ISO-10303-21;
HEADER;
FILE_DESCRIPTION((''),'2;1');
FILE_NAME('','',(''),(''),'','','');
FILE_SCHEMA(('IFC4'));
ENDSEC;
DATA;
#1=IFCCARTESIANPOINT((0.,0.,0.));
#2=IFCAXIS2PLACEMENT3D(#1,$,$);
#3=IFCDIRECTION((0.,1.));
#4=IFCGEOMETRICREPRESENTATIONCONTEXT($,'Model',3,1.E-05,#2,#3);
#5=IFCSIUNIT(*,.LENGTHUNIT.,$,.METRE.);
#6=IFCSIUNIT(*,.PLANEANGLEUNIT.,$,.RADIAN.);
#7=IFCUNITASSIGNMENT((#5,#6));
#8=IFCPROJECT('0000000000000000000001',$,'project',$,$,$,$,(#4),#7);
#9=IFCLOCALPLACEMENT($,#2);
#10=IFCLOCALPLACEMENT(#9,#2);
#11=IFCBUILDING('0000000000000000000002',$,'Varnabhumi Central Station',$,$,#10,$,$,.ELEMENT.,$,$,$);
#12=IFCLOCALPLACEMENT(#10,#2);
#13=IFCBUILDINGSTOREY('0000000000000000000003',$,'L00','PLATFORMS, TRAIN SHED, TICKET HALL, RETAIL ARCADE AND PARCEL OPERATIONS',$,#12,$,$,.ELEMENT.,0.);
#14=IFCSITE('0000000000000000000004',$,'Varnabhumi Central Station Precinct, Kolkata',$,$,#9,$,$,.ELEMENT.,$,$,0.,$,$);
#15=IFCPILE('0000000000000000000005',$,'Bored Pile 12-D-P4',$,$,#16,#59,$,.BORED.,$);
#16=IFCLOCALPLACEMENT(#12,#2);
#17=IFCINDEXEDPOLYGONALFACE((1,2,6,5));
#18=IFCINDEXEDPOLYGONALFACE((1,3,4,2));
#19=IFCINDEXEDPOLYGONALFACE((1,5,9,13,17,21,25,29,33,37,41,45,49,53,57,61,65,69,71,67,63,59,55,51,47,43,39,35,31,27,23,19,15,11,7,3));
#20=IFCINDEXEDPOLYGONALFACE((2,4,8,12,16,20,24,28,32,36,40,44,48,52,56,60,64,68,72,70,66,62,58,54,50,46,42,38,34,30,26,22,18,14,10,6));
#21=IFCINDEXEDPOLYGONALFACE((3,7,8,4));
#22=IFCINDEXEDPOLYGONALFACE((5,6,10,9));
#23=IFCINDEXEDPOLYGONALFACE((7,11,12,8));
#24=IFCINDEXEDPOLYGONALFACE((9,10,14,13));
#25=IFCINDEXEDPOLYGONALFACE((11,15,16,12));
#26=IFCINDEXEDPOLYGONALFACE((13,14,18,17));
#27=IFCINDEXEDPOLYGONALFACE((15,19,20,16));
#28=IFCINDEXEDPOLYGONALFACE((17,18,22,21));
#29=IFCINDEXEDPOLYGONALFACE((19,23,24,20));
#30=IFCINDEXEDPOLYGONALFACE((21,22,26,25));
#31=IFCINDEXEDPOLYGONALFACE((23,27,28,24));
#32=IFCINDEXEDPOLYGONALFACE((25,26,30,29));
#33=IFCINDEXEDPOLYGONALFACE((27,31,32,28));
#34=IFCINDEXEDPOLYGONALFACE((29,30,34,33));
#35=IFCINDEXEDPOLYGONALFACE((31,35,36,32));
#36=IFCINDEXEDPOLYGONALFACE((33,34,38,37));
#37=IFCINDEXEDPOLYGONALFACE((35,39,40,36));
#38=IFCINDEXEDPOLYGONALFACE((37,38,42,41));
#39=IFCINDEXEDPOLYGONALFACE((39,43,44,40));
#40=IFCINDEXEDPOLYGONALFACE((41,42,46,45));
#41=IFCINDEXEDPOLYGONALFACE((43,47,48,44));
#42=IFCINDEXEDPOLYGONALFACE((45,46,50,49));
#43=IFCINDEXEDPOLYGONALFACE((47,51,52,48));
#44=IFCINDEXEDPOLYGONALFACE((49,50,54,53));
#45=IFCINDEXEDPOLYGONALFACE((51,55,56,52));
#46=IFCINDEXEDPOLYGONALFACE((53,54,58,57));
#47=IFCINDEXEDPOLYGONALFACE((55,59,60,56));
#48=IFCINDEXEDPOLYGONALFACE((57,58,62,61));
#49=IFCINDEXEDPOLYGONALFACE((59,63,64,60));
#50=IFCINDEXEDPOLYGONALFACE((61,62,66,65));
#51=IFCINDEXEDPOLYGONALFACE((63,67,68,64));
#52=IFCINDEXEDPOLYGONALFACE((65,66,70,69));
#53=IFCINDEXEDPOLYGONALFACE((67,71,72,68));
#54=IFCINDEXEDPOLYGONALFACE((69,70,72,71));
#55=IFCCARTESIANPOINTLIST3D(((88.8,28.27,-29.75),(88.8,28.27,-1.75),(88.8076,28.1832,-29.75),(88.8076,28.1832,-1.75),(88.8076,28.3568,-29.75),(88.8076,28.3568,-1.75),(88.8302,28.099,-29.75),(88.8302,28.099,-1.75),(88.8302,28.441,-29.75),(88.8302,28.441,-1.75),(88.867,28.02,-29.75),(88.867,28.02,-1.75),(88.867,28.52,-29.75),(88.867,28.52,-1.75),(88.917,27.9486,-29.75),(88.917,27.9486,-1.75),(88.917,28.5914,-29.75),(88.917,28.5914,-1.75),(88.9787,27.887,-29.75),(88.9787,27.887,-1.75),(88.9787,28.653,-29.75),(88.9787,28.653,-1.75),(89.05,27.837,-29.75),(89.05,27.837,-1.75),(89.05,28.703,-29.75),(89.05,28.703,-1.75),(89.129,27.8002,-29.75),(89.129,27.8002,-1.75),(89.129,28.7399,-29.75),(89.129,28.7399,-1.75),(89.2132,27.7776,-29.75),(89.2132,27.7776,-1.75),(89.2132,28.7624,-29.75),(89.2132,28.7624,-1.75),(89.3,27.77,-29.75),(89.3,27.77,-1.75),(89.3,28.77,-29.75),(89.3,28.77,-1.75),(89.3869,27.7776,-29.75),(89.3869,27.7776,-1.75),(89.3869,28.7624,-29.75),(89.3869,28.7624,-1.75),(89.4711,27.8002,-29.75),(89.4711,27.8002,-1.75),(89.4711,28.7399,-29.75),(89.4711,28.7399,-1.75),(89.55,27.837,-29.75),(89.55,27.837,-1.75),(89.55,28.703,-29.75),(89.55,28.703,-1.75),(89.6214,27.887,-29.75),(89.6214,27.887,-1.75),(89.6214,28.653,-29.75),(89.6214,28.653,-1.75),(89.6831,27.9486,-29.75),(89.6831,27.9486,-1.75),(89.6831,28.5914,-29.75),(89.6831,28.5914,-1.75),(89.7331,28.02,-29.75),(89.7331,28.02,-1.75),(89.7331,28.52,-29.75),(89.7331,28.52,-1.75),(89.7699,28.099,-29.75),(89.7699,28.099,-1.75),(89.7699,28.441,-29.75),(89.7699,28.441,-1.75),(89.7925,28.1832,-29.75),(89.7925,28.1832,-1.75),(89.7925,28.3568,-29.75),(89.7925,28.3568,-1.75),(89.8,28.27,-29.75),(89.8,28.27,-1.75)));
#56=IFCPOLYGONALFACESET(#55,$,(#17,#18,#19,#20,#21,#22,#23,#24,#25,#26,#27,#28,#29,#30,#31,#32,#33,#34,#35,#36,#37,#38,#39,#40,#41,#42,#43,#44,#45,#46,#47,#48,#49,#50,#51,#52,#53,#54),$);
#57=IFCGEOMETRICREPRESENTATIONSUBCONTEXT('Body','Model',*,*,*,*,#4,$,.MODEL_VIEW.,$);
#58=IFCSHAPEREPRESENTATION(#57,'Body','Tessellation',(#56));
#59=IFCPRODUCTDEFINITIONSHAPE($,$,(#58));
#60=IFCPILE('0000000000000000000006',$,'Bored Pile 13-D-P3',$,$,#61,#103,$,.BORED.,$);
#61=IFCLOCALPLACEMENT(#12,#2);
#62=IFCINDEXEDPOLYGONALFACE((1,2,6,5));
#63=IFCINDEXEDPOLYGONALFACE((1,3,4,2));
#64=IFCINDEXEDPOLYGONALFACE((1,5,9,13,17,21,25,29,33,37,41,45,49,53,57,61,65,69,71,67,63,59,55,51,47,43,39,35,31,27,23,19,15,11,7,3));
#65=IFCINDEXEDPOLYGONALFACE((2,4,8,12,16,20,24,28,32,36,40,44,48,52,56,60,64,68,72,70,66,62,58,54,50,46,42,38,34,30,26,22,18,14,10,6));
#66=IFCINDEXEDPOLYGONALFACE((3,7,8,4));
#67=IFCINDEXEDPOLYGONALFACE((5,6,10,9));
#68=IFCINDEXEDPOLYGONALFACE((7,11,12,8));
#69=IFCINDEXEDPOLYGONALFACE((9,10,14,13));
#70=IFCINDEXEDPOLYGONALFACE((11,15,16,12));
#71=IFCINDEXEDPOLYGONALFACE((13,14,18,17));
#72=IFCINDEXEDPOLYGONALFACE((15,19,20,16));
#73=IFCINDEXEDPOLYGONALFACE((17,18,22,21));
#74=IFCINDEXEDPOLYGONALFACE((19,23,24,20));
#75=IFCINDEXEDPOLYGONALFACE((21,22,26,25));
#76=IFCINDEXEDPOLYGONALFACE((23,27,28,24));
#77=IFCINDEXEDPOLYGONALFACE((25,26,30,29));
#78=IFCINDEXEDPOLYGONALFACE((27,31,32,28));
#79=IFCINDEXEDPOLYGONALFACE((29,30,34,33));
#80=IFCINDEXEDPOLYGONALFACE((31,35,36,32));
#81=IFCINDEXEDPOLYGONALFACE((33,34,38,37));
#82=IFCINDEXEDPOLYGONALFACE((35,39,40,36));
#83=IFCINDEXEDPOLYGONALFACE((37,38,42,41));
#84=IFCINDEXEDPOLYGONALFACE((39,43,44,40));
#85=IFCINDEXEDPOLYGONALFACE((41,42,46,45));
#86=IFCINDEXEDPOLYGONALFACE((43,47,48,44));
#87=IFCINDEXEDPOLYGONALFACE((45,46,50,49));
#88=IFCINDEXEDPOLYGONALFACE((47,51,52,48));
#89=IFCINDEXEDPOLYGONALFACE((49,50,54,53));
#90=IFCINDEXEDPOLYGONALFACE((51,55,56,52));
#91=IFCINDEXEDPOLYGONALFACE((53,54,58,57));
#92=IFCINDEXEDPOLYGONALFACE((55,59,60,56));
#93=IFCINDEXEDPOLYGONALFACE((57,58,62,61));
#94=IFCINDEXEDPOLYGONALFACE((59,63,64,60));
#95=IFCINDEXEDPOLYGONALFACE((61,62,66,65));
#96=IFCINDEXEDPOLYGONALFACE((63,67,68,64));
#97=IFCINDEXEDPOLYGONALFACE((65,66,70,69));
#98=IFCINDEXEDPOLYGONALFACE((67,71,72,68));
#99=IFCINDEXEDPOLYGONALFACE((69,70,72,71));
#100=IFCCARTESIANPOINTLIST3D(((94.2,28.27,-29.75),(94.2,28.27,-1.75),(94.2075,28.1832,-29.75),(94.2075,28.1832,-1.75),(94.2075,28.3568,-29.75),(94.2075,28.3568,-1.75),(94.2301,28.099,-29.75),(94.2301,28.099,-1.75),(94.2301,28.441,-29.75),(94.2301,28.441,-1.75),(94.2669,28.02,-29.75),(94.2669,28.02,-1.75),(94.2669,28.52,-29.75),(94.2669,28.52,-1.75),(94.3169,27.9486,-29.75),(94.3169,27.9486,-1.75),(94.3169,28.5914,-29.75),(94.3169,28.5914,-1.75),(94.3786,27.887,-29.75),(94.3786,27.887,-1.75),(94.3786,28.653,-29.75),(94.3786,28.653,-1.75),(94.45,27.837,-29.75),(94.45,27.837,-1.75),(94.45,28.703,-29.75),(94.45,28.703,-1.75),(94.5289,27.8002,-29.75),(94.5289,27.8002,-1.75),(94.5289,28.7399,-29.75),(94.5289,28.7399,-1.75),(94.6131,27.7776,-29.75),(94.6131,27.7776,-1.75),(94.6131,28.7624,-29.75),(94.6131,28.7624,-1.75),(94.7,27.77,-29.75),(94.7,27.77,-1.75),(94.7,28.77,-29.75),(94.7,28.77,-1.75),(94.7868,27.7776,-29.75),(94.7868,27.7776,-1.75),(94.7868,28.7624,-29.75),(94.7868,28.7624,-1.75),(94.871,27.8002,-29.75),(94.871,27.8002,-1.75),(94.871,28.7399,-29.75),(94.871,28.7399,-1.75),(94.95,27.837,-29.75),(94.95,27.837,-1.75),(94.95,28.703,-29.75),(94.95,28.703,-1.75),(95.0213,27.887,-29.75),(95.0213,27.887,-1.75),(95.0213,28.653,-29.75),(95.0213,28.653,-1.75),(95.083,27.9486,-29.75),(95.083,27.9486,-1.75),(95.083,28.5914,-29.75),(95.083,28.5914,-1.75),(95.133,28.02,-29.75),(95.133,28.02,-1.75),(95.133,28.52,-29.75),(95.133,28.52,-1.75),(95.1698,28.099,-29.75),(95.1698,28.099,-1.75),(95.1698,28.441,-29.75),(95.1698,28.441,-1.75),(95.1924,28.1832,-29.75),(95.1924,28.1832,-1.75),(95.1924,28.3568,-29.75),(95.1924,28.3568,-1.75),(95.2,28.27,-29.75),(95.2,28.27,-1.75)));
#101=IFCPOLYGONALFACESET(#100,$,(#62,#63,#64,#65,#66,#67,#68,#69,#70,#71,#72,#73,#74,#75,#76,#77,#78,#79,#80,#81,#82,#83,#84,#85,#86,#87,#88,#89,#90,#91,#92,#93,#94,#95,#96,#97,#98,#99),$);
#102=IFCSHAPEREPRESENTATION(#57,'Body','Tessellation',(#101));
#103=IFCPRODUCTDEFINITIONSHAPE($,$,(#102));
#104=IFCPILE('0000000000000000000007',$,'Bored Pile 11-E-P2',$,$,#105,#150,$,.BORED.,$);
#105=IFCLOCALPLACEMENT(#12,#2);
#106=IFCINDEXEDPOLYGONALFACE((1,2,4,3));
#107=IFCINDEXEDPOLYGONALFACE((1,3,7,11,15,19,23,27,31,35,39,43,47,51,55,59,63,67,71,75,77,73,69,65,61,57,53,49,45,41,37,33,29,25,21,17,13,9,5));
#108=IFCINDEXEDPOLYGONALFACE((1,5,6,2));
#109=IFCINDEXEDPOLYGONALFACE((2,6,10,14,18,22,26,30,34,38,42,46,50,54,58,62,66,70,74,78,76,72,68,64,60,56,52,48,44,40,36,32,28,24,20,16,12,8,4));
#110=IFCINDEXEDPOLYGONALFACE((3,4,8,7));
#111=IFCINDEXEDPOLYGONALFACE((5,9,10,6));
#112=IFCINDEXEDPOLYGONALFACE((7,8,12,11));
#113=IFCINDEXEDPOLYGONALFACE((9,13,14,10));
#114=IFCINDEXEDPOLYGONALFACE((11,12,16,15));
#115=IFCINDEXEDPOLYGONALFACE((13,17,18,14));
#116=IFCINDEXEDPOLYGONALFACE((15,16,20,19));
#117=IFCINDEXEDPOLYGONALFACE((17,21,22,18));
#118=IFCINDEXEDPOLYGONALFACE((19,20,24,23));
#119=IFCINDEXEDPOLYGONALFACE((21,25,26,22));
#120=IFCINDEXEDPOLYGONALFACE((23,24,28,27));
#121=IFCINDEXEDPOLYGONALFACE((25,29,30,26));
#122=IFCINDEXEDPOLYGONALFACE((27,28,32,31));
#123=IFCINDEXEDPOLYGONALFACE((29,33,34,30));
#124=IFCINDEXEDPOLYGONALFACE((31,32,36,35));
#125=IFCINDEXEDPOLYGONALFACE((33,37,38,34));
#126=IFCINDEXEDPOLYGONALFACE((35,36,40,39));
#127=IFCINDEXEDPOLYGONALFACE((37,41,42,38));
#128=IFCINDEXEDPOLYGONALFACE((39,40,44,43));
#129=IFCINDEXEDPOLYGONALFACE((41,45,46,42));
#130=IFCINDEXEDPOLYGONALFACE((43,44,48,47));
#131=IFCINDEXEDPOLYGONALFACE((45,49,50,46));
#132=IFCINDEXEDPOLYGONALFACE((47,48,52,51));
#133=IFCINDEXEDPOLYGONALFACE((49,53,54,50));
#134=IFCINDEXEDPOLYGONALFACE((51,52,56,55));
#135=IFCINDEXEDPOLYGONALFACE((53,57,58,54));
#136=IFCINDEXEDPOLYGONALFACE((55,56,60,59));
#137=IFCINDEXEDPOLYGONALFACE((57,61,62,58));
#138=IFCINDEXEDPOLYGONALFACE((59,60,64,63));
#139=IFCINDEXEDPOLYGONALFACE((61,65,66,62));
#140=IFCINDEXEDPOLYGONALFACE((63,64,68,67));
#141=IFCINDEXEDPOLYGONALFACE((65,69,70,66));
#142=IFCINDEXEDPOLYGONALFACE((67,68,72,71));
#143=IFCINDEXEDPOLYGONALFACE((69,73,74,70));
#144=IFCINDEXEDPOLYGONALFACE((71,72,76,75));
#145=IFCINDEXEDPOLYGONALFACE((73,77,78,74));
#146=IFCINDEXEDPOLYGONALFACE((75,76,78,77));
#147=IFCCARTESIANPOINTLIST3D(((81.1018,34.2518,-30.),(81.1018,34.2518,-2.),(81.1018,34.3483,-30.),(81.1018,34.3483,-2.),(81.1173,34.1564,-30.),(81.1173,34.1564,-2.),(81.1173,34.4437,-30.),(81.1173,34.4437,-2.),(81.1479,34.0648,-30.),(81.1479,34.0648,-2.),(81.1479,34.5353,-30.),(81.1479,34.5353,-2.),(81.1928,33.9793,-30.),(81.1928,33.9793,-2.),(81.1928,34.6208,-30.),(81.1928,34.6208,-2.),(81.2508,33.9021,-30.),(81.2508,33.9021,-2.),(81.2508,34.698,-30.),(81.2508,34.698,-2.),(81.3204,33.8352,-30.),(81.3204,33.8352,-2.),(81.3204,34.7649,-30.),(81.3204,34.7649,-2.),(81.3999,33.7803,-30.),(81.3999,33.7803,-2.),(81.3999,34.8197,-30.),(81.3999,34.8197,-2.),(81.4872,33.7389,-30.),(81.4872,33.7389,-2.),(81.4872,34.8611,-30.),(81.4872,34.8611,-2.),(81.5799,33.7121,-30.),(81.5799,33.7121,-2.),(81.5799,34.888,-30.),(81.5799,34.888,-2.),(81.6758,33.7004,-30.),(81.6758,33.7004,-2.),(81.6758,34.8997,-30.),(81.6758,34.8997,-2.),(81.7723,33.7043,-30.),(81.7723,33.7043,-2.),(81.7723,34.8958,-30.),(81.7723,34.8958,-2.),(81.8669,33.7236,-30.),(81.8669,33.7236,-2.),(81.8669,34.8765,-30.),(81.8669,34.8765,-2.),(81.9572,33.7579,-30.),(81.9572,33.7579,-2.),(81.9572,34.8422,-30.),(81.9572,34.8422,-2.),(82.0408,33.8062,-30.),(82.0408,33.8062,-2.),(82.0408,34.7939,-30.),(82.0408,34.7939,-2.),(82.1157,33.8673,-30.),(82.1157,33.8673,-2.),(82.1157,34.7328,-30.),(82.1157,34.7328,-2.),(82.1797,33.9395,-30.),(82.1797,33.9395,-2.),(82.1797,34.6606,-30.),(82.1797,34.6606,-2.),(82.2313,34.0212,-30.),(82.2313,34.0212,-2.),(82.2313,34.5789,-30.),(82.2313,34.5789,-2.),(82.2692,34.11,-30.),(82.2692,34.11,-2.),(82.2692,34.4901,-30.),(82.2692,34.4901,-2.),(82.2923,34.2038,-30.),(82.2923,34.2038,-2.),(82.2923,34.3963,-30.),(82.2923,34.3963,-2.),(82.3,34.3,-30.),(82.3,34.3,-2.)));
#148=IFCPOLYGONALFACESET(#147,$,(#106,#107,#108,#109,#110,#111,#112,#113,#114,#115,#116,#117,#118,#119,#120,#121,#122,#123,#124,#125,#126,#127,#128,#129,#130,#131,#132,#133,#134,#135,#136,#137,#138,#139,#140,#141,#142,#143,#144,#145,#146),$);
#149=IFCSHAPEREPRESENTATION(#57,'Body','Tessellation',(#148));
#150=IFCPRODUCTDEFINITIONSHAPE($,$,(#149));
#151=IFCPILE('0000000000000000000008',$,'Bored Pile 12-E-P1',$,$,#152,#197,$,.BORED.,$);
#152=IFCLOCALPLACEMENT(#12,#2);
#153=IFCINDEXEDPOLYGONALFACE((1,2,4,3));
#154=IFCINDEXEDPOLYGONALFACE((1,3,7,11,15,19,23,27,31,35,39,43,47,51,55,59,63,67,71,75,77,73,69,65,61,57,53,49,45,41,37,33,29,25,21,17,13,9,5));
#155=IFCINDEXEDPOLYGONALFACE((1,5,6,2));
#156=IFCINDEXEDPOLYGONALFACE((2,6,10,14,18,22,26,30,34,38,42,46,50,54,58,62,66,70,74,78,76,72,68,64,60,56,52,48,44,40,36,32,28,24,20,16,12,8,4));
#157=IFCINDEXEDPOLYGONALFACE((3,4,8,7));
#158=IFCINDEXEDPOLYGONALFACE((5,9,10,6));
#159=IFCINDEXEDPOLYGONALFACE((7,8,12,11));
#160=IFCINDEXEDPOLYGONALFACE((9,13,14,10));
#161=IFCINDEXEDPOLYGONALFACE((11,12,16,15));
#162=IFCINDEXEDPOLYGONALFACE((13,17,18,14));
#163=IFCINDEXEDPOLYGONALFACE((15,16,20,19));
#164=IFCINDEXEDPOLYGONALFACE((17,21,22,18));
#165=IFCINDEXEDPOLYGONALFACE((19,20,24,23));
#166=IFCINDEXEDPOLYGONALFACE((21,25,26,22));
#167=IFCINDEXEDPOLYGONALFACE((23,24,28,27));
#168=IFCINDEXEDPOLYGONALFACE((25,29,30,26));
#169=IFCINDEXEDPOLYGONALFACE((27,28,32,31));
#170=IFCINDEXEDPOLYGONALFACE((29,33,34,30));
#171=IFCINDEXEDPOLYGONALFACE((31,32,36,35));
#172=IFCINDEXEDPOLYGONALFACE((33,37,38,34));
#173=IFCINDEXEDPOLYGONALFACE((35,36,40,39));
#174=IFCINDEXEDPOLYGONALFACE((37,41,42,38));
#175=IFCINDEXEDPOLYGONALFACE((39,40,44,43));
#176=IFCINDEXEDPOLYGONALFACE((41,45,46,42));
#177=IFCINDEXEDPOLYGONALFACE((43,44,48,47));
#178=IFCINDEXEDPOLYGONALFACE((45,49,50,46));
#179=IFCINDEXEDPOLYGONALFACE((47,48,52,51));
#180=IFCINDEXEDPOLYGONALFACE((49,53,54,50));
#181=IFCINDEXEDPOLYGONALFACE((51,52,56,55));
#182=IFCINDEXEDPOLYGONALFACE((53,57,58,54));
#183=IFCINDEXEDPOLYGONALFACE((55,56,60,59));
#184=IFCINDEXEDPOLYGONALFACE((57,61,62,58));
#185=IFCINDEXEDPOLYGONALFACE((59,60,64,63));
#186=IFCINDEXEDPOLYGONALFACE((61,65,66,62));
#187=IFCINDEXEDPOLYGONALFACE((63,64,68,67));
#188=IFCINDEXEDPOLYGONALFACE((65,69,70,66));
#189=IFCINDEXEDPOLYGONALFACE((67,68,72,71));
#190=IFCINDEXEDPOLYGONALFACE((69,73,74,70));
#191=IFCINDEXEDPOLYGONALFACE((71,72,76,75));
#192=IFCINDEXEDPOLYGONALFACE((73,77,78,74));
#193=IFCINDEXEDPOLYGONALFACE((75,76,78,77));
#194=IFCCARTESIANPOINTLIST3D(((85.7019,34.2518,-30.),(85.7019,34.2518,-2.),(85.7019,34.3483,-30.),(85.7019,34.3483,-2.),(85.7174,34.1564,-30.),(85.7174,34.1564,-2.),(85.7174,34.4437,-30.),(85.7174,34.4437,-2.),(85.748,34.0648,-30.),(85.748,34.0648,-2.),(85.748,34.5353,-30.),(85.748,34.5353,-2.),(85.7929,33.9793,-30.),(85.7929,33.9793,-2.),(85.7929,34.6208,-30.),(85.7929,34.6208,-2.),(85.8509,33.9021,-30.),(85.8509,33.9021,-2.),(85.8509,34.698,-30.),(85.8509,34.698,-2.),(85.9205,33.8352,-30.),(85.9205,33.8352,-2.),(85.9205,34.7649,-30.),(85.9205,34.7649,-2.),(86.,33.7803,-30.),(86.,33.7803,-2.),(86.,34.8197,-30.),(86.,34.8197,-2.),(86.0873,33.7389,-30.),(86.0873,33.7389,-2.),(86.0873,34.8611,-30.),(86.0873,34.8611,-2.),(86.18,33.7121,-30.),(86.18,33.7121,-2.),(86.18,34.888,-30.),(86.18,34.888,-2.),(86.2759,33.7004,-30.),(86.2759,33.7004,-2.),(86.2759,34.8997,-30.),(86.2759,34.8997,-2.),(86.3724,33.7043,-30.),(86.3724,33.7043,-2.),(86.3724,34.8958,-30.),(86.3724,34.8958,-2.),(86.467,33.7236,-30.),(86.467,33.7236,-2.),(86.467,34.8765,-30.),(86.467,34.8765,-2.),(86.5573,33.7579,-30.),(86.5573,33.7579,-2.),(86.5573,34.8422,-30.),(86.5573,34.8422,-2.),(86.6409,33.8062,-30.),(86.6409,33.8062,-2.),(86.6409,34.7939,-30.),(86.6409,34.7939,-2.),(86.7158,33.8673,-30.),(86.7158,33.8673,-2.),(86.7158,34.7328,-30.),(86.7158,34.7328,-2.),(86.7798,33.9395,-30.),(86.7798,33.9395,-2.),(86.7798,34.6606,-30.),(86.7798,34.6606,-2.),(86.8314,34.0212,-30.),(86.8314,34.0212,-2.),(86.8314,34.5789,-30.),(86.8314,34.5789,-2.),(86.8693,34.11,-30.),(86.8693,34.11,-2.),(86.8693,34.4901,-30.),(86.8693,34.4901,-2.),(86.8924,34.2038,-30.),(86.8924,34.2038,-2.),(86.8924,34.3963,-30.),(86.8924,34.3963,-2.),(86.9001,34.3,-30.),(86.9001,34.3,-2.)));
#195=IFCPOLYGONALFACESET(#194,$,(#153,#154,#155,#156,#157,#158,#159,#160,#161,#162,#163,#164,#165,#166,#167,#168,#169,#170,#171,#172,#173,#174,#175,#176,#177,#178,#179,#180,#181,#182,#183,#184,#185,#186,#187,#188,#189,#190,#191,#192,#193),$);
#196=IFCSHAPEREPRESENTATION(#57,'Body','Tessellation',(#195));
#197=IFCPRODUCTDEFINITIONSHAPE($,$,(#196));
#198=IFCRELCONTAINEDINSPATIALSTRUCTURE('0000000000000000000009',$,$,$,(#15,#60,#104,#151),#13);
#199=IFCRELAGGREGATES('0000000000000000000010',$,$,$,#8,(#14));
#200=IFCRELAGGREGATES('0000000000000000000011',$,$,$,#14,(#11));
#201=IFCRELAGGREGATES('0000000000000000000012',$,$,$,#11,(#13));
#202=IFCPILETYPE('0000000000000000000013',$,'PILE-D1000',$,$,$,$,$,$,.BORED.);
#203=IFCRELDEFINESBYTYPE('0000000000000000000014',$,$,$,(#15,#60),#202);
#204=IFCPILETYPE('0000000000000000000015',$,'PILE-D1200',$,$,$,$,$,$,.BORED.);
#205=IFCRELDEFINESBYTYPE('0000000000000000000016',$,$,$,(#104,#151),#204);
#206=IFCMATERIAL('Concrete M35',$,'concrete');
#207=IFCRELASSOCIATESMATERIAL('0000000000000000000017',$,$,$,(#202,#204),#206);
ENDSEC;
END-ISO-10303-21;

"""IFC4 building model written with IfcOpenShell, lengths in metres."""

from ifc_helpers import new_model, si_unit, direction, frame, origin, origin_2d, place, context, subcontext, project, spatial, circle, extrude, material, material_profile, profile_set, type_object, element, save


model = new_model("IFC4")

# Units and contexts
model_context = context("Model", 3, precision=1e-05, world=origin(), true_north=direction((0.0, 1.0)))
body_context = subcontext(model_context, "Body", "Model", "MODEL_VIEW")
ifc_project = project(units=[si_unit("LENGTHUNIT", "METRE"), si_unit("PLANEANGLEUNIT", "RADIAN")], contexts=[model_context])

# Site, building, storey
site_placement = place(None, origin())
site = spatial("IfcSite", under=ifc_project, at=site_placement, Name="Varnabhumi Central Station Precinct, Kolkata", CompositionType="ELEMENT", RefElevation=0.0)
building_placement = place(site_placement, origin())
building = spatial("IfcBuilding", under=site, at=building_placement, Name="Varnabhumi Central Station", CompositionType="ELEMENT")
storey_placement = place(building_placement, origin())
storey = spatial("IfcBuildingStorey", under=building, at=storey_placement, Name="L00", Description="PLATFORMS, TRAIN SHED, TICKET HALL, RETAIL ARCADE AND PARCEL OPERATIONS", CompositionType="ELEMENT", Elevation=0.0)

# Piles
ifc_material_1 = material(Name="Concrete M35", Category="concrete")
ifc_material_profile_1 = material_profile(ifc_material_1, circle(Radius=0.5, at=origin_2d()), Name="Concrete M35", Category="concrete")
ifc_profile_set_1 = profile_set([ifc_material_profile_1], Name="Concrete M35")
pile_type_1 = type_object("IfcPileType", Name="PILE-D1000", PredefinedType="BORED", material=ifc_profile_set_1)
for number, where, z_axis, x_axis, name in (
    (1, (89.3, 28.27, -1.75), (0.0, 0.0, -1.0), (1.0, 0.0, 0.0), "Bored Pile 12-D-P4"),
    (2, (94.7, 28.27, -1.75), (0.0, 0.0, -1.0), (1.0, 0.0, 0.0), "Bored Pile 13-D-P3"),
):
    element("IfcPile", number, at=place(storey_placement, frame(where, z_axis=z_axis, x_axis=x_axis)), inside=storey, type_object=pile_type_1, Name=name, PredefinedType="BORED", context=body_context, shape_type="SweptSolid", body=[
        extrude(circle(Radius=0.5, at=origin_2d()), origin(), (0.0, 0.0, 1.0), 28.0),
    ])
ifc_material_profile_2 = material_profile(ifc_material_1, circle(Radius=0.6001, at=origin_2d()), Name="Concrete M35", Category="concrete")
ifc_profile_set_2 = profile_set([ifc_material_profile_2], Name="Concrete M35")
pile_type_2 = type_object("IfcPileType", Name="PILE-D1200", PredefinedType="BORED", material=ifc_profile_set_2)
for number, where, z_axis, x_axis, name in (
    (3, (81.7, 34.3, -2.0), (0.0, 0.0, -1.0), (1.0, 0.0, 0.0), "Bored Pile 11-E-P2"),
    (4, (86.3, 34.3, -2.0), (0.0, 0.0, -1.0), (1.0, 0.0, 0.0), "Bored Pile 12-E-P1"),
):
    element("IfcPile", number, at=place(storey_placement, frame(where, z_axis=z_axis, x_axis=x_axis)), inside=storey, type_object=pile_type_2, Name=name, PredefinedType="BORED", context=body_context, shape_type="SweptSolid", body=[
        extrude(circle(Radius=0.6001, at=origin_2d()), origin(), (0.0, 0.0, 1.0), 28.0),
    ])

save(model, "model.ifc")
